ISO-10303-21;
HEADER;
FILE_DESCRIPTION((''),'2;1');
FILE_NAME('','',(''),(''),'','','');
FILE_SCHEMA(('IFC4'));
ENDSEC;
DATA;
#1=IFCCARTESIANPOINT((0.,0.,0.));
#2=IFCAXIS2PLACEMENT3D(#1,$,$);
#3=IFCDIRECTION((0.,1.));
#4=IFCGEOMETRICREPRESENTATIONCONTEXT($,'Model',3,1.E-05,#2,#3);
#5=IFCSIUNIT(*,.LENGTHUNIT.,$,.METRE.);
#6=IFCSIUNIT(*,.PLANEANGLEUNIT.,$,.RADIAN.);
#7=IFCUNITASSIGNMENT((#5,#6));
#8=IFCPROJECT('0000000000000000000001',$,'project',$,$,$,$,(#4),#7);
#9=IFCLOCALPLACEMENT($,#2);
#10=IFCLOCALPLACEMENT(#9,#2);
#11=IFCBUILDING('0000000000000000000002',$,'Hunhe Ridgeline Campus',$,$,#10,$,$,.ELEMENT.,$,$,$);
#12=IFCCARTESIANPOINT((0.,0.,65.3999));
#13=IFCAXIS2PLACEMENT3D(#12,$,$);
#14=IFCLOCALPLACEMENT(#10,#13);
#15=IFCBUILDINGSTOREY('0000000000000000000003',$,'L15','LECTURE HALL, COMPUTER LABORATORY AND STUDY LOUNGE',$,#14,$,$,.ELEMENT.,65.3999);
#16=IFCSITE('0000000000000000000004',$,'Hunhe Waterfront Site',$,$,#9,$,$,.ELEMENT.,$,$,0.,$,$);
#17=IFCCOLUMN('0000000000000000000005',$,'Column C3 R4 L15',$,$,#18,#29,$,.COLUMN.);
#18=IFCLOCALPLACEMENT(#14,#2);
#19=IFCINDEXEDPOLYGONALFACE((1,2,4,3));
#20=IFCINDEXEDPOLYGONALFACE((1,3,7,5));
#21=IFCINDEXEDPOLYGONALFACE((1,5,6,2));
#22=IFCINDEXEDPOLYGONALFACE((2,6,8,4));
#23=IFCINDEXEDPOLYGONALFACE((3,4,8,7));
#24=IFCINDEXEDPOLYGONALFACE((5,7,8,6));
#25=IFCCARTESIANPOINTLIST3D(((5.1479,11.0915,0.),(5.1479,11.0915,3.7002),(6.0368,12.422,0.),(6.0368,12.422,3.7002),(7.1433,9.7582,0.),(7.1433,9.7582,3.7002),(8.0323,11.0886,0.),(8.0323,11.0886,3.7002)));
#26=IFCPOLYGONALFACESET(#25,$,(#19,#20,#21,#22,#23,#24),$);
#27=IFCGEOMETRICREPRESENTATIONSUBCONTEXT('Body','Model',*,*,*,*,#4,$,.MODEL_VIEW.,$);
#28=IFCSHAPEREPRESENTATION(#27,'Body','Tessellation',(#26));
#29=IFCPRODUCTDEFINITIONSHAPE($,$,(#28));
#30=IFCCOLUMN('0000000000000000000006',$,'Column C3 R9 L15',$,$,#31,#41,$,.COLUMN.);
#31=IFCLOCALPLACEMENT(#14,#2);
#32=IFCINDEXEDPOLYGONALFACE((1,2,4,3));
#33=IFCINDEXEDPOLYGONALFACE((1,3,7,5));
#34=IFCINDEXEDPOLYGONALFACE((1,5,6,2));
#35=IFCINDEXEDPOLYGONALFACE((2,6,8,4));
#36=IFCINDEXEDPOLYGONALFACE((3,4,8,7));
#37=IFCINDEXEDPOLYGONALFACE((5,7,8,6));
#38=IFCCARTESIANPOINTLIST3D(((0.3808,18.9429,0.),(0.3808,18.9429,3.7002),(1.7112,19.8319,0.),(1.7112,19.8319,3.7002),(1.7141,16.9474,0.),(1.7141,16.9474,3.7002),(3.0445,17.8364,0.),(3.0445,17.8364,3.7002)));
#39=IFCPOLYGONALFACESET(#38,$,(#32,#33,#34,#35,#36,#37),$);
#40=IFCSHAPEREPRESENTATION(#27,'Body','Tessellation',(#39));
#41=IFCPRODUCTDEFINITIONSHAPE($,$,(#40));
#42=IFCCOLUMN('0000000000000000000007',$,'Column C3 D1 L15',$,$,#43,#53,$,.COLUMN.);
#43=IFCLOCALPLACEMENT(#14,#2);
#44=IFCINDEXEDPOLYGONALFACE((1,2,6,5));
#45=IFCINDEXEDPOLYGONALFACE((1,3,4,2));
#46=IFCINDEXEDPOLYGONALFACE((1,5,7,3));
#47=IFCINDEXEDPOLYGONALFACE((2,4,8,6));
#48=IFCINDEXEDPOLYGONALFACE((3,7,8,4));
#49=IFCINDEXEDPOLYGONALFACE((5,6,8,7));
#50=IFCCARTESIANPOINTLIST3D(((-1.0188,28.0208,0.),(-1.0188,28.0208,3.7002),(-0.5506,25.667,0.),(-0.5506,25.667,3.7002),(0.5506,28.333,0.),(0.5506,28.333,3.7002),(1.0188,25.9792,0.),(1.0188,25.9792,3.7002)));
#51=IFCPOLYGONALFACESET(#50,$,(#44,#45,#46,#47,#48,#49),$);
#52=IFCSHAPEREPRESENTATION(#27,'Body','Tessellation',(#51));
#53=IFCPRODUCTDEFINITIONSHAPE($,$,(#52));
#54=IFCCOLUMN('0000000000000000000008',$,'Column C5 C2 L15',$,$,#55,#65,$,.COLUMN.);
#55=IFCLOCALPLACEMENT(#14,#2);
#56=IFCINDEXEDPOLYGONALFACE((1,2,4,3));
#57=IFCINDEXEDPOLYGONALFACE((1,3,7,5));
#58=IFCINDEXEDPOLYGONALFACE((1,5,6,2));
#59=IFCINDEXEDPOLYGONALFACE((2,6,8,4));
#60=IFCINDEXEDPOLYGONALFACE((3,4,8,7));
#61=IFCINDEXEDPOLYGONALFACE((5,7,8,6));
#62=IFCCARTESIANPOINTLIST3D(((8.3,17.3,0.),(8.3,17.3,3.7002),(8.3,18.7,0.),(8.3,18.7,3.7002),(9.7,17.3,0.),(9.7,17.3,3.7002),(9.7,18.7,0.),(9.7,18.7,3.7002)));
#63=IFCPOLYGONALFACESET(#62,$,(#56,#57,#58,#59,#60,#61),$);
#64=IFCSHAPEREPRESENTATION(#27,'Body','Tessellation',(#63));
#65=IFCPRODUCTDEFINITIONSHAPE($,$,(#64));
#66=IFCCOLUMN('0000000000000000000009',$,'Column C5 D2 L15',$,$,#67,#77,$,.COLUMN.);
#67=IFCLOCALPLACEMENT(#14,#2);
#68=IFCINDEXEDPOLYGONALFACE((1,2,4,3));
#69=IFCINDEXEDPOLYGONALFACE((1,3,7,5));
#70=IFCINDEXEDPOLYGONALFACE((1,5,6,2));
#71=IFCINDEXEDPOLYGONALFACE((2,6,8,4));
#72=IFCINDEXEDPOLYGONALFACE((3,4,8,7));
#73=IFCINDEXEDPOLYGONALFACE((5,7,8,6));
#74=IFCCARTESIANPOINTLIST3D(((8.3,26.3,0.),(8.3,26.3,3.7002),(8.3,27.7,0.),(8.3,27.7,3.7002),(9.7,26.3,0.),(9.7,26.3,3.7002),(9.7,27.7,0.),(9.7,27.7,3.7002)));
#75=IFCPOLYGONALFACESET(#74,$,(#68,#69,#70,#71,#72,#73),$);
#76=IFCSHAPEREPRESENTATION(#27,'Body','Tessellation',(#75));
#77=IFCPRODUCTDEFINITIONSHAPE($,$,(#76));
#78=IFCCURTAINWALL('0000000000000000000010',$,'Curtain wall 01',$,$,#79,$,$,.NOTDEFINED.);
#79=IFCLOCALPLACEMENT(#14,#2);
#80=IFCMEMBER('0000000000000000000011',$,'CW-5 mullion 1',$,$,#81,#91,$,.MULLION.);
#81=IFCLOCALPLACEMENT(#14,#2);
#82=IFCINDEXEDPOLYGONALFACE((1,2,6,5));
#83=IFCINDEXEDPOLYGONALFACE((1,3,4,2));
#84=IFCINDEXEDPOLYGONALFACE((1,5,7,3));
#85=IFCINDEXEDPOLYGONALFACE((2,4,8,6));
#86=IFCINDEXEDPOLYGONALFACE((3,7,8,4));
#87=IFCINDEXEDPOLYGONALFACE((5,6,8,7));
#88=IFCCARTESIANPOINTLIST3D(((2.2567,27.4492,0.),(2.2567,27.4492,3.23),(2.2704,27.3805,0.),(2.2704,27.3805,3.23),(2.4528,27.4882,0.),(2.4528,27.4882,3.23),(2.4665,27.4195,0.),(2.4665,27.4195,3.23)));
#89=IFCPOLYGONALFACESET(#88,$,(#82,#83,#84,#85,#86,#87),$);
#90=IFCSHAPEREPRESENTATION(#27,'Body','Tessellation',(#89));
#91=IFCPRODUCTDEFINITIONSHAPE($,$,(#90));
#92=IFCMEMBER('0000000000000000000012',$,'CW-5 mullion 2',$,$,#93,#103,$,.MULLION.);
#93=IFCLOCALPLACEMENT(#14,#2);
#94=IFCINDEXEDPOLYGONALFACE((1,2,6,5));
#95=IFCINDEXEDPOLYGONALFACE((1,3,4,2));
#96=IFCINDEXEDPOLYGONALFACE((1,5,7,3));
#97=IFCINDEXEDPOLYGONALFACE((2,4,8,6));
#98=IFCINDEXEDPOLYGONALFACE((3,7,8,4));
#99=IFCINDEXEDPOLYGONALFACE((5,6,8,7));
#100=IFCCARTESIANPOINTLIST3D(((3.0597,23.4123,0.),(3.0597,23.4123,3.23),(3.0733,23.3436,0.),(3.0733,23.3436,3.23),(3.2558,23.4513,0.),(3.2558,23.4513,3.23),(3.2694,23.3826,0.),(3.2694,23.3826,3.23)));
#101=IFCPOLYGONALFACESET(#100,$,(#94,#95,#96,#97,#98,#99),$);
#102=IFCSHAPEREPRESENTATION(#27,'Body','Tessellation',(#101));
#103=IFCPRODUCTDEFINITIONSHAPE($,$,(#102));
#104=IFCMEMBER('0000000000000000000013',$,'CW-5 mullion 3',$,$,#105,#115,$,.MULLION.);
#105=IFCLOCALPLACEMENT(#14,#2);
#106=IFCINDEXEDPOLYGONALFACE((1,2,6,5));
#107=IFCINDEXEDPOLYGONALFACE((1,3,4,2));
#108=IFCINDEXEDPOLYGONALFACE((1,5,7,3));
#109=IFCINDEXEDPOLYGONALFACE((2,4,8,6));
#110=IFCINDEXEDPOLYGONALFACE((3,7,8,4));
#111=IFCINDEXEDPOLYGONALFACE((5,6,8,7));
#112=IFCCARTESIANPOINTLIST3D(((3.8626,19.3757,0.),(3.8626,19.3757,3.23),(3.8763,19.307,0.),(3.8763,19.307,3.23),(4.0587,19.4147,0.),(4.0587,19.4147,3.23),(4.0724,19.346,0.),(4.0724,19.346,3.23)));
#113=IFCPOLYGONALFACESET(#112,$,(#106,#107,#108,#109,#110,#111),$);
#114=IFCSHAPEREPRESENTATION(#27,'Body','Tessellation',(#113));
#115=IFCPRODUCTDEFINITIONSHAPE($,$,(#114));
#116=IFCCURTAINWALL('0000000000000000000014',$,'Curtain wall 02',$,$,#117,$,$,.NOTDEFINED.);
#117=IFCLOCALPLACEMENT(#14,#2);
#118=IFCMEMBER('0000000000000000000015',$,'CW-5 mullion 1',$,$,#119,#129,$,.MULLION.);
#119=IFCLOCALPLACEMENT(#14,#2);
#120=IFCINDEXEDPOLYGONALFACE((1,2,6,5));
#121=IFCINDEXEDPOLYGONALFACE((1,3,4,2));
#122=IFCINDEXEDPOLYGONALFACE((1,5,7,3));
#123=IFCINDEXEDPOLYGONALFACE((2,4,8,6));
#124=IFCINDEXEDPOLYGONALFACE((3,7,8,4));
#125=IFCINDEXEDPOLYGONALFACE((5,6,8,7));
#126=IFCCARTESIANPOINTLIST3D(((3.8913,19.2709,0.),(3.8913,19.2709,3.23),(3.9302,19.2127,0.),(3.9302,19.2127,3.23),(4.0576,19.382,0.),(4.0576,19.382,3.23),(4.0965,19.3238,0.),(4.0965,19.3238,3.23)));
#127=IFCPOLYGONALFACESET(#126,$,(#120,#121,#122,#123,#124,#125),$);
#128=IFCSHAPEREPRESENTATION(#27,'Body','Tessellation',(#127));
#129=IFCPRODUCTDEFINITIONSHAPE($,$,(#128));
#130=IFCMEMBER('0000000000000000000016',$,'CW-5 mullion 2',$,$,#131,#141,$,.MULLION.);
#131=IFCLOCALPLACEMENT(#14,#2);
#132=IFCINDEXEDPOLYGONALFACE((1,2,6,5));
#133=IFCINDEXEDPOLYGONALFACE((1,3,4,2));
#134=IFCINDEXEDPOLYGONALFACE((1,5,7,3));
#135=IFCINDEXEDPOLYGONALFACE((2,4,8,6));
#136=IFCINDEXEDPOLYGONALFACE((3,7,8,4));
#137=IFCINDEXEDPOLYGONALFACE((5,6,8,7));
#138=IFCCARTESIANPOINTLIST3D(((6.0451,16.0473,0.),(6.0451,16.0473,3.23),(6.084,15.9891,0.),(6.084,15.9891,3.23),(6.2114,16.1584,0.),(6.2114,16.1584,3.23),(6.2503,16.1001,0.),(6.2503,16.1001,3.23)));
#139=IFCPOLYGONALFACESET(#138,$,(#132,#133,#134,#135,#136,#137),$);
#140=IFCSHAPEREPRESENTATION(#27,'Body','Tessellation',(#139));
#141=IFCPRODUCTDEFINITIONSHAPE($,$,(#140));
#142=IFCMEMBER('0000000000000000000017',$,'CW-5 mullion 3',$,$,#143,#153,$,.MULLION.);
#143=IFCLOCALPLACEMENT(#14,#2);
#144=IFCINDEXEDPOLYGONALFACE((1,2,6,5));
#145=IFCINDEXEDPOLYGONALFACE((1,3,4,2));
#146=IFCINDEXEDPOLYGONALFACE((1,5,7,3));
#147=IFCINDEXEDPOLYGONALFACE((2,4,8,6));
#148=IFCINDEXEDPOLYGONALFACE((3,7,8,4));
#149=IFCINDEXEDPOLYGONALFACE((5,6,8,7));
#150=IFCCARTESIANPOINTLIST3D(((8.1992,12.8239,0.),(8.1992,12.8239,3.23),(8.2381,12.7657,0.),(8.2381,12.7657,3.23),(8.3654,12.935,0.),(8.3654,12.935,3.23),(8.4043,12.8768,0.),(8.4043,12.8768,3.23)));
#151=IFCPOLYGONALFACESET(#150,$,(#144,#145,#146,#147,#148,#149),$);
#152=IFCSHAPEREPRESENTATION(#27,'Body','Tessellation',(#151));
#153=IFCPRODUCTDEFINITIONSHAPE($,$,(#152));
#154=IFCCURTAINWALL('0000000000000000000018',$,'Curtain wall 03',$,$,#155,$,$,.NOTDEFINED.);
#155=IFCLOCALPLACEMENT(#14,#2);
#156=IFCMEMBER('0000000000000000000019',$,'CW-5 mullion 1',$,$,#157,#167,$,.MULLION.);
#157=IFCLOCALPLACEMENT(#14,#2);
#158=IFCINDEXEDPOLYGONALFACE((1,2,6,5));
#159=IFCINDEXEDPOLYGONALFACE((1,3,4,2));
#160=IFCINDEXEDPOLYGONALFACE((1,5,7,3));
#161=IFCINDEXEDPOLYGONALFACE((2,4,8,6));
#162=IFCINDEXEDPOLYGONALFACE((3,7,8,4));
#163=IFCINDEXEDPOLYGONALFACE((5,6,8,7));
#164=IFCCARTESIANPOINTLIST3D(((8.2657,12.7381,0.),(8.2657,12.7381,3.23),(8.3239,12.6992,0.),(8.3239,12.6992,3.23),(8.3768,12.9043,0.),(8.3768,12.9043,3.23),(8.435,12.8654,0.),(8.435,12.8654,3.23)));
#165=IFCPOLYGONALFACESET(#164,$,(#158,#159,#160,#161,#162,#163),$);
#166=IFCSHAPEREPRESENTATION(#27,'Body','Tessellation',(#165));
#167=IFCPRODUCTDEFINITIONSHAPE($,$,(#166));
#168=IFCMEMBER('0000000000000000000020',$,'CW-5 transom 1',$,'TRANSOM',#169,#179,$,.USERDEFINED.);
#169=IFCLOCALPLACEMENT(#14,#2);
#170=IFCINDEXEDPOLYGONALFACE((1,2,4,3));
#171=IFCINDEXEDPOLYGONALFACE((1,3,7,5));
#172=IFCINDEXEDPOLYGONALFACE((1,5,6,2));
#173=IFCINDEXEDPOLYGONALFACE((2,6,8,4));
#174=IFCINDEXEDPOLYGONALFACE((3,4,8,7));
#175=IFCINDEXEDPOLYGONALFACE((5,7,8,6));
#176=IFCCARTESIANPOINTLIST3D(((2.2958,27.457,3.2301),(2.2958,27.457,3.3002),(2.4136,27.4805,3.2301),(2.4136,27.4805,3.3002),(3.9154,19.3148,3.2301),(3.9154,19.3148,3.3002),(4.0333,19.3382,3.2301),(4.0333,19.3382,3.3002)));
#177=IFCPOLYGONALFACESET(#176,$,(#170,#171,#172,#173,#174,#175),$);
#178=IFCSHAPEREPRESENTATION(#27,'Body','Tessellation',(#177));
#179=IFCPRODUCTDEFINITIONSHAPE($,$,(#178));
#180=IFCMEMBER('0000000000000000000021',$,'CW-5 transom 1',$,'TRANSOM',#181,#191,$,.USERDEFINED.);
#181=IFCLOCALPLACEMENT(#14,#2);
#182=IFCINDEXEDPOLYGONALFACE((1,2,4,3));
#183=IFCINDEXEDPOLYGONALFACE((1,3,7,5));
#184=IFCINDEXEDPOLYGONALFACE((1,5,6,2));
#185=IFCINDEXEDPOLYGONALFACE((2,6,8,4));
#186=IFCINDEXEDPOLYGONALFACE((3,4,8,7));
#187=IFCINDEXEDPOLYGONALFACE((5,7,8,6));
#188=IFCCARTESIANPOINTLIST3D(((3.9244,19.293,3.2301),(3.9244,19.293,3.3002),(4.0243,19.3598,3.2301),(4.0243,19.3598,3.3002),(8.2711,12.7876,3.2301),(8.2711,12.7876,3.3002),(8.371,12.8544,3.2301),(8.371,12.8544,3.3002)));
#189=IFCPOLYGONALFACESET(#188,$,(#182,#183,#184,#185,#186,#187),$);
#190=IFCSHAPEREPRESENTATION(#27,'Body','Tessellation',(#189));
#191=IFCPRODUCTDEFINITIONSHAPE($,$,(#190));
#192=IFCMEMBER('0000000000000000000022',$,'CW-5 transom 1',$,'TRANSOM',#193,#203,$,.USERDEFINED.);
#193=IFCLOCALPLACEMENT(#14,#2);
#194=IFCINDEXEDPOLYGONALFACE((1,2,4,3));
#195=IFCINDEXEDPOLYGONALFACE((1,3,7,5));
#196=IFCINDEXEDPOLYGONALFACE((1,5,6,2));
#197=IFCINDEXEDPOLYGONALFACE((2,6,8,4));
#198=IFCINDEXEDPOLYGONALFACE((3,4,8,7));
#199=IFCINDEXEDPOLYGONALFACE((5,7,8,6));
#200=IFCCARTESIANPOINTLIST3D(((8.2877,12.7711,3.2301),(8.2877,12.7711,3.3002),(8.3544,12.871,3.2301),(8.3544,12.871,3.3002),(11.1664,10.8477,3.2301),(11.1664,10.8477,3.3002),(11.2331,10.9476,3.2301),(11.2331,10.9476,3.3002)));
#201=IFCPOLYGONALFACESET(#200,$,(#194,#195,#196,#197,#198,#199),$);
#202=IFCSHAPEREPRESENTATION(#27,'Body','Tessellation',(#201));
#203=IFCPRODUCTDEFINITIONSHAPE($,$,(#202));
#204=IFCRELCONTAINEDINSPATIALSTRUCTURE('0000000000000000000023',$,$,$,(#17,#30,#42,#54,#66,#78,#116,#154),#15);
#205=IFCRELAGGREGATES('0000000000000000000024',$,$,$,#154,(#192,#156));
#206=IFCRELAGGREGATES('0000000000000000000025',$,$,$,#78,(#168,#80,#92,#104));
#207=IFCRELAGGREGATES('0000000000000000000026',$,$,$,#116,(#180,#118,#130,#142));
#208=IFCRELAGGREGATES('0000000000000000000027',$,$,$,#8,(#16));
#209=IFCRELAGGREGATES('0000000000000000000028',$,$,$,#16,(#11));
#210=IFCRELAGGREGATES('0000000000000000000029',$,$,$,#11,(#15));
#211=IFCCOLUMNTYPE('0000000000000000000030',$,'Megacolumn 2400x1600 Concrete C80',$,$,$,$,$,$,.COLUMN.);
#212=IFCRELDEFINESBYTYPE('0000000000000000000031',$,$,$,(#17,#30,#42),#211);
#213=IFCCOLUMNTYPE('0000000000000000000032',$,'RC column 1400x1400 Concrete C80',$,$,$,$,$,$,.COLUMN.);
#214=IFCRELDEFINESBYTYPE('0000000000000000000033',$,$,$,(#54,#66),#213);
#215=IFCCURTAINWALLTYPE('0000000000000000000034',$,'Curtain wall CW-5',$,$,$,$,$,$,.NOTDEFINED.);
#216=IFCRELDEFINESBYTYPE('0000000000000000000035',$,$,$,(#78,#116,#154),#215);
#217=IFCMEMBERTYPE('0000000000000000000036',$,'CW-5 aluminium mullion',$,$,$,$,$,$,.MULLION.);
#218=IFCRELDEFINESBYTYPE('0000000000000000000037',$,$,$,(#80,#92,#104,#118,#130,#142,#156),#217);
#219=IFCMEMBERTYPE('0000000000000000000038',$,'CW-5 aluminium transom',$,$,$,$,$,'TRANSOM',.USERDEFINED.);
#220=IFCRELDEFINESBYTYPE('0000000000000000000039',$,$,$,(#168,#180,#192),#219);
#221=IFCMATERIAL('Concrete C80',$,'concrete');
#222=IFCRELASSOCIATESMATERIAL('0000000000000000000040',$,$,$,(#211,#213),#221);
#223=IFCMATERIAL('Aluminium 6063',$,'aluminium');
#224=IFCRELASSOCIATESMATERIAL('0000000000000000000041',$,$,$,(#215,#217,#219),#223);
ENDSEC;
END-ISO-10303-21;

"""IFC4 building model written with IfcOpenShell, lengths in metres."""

from ifc_helpers import new_model, si_unit, direction, frame, origin, origin_2d, place, context, subcontext, project, spatial, rectangle, extrude, material, material_profile, profile_set, type_object, element, aggregate, save


model = new_model("IFC4")

# Units and contexts
model_context = context("Model", 3, precision=1e-05, world=origin(), true_north=direction((0.0, 1.0)))
body_context = subcontext(model_context, "Body", "Model", "MODEL_VIEW")
ifc_project = project(units=[si_unit("LENGTHUNIT", "METRE"), si_unit("PLANEANGLEUNIT", "RADIAN")], contexts=[model_context])

# Site, building, storey
site_placement = place(None, origin())
site = spatial("IfcSite", under=ifc_project, at=site_placement, Name="Hunhe Waterfront Site", CompositionType="ELEMENT", RefElevation=0.0)
building_placement = place(site_placement, origin())
building = spatial("IfcBuilding", under=site, at=building_placement, Name="Hunhe Ridgeline Campus", CompositionType="ELEMENT")
storey_placement = place(building_placement, frame((0.0, 0.0, 65.3999)))
storey = spatial("IfcBuildingStorey", under=building, at=storey_placement, Name="L15", Description="LECTURE HALL, COMPUTER LABORATORY AND STUDY LOUNGE", CompositionType="ELEMENT", Elevation=65.3999)

# Columns
ifc_material_1 = material(Name="Concrete C80", Category="concrete")
ifc_material_profile_1 = material_profile(ifc_material_1, rectangle(XDim=2.3999, YDim=1.6001, at=origin_2d()))
ifc_profile_set_1 = profile_set([ifc_material_profile_1], Name="Concrete C80")
column_type_1 = type_object("IfcColumnType", Name="Megacolumn 2400x1600 Concrete C80", PredefinedType="COLUMN", material=ifc_profile_set_1)
for number, where, z_axis, x_axis, name in (
    (1, (6.5901, 11.0901, 0.0), (0.0, 0.0, 1.0), (-0.83147, 0.55557, 0.0), "Column C3 R4 L15"),
    (2, (1.7126, 18.3896, 0.0), (0.0, 0.0, 1.0), (-0.55557, 0.83147, 0.0), "Column C3 R9 L15"),
    (3, (0.0, 27.0, 0.0), (0.0, 0.0, 1.0), (-0.19509, 0.980785, 0.0), "Column C3 D1 L15"),
):
    element("IfcColumn", number, at=place(storey_placement, frame(where, z_axis=z_axis, x_axis=x_axis)), inside=storey, type_object=column_type_1, Name=name, PredefinedType="COLUMN", context=body_context, shape_type="SweptSolid", body=[
        extrude(rectangle(XDim=2.3999, YDim=1.6001, at=origin_2d()), origin(), (0.0, 0.0, 1.0), 3.7002),
    ])
ifc_material_profile_2 = material_profile(ifc_material_1, rectangle(XDim=1.3999, YDim=1.3999, at=origin_2d()))
ifc_profile_set_2 = profile_set([ifc_material_profile_2], Name="Concrete C80")
column_type_2 = type_object("IfcColumnType", Name="RC column 1400x1400 Concrete C80", PredefinedType="COLUMN", material=ifc_profile_set_2)
for number, where, z_axis, x_axis, name in (
    (4, (9.0, 18.0, 0.0), (0.0, 0.0, 1.0), (1.0, 0.0, 0.0), "Column C5 C2 L15"),
    (5, (9.0, 27.0, 0.0), (0.0, 0.0, 1.0), (1.0, 0.0, 0.0), "Column C5 D2 L15"),
):
    element("IfcColumn", number, at=place(storey_placement, frame(where, z_axis=z_axis, x_axis=x_axis)), inside=storey, type_object=column_type_2, Name=name, PredefinedType="COLUMN", context=body_context, shape_type="SweptSolid", body=[
        extrude(rectangle(XDim=1.3999, YDim=1.3999, at=origin_2d()), origin(), (0.0, 0.0, 1.0), 3.7002),
    ])

# Curtain walls, members
ifc_material_2 = material(Name="Aluminium 6063", Category="aluminium")
curtain_wall_type = type_object("IfcCurtainWallType", Name="Curtain wall CW-5", PredefinedType="NOTDEFINED", material=ifc_material_2)
curtain_wall_1_placement = place(storey_placement, origin())
curtain_wall_1 = element("IfcCurtainWall", 6, at=curtain_wall_1_placement, inside=storey, type_object=curtain_wall_type, Name="Curtain wall 01", PredefinedType="NOTDEFINED")
ifc_material_profile_3 = material_profile(ifc_material_2, rectangle(XDim=0.2, YDim=0.0701, at=origin_2d()))
ifc_profile_set_3 = profile_set([ifc_material_profile_3], Name="Aluminium 6063")
member_type_1 = type_object("IfcMemberType", Name="CW-5 aluminium mullion", PredefinedType="MULLION", material=ifc_profile_set_3)
member_1_placement = place(storey_placement, frame((2.3616, 27.4343, 0.0), z_axis=(0.0, 0.0, 1.0), x_axis=(0.980784, 0.195095, 0.0)))
member_1 = element("IfcMember", 7, at=member_1_placement, type_object=member_type_1, Name="CW-5 mullion 1", PredefinedType="MULLION", context=body_context, shape_type="SweptSolid", body=[
    extrude(rectangle(XDim=0.2, YDim=0.0701, at=origin_2d()), origin(), (0.0, 0.0, 1.0), 3.23),
])
member_2_placement = place(storey_placement, frame((3.1646, 23.3975, 0.0), z_axis=(0.0, 0.0, 1.0), x_axis=(0.980784, 0.195095, 0.0)))
member_2 = element("IfcMember", 8, at=member_2_placement, type_object=member_type_1, Name="CW-5 mullion 2", PredefinedType="MULLION", context=body_context, shape_type="SweptSolid", body=[
    extrude(rectangle(XDim=0.2, YDim=0.0701, at=origin_2d()), origin(), (0.0, 0.0, 1.0), 3.23),
])
member_3_placement = place(storey_placement, frame((3.9675, 19.3608, 0.0), z_axis=(0.0, 0.0, 1.0), x_axis=(0.980784, 0.195095, 0.0)))
member_3 = element("IfcMember", 9, at=member_3_placement, type_object=member_type_1, Name="CW-5 mullion 3", PredefinedType="MULLION", context=body_context, shape_type="SweptSolid", body=[
    extrude(rectangle(XDim=0.2, YDim=0.0701, at=origin_2d()), origin(), (0.0, 0.0, 1.0), 3.23),
])
curtain_wall_2_placement = place(storey_placement, origin())
curtain_wall_2 = element("IfcCurtainWall", 10, at=curtain_wall_2_placement, inside=storey, type_object=curtain_wall_type, Name="Curtain wall 02", PredefinedType="NOTDEFINED")
member_4_placement = place(storey_placement, frame((3.9939, 19.2974, 0.0), z_axis=(0.0, 0.0, 1.0), x_axis=(0.83147, 0.55557, 0.0)))
member_4 = element("IfcMember", 11, at=member_4_placement, type_object=member_type_1, Name="CW-5 mullion 1", PredefinedType="MULLION", context=body_context, shape_type="SweptSolid", body=[
    extrude(rectangle(XDim=0.2, YDim=0.0701, at=origin_2d()), origin(), (0.0, 0.0, 1.0), 3.23),
])
member_5_placement = place(storey_placement, frame((6.1477, 16.0737, 0.0), z_axis=(0.0, 0.0, 1.0), x_axis=(0.83147, 0.55557, 0.0)))
member_5 = element("IfcMember", 12, at=member_5_placement, type_object=member_type_1, Name="CW-5 mullion 2", PredefinedType="MULLION", context=body_context, shape_type="SweptSolid", body=[
    extrude(rectangle(XDim=0.2, YDim=0.0701, at=origin_2d()), origin(), (0.0, 0.0, 1.0), 3.23),
])
member_6_placement = place(storey_placement, frame((8.3018, 12.8503, 0.0), z_axis=(0.0, 0.0, 1.0), x_axis=(0.83147, 0.55557, 0.0)))
member_6 = element("IfcMember", 13, at=member_6_placement, type_object=member_type_1, Name="CW-5 mullion 3", PredefinedType="MULLION", context=body_context, shape_type="SweptSolid", body=[
    extrude(rectangle(XDim=0.2, YDim=0.0701, at=origin_2d()), origin(), (0.0, 0.0, 1.0), 3.23),
])

# Curtain wall, member
curtain_wall_3_placement = place(storey_placement, origin())
curtain_wall_3 = element("IfcCurtainWall", 14, at=curtain_wall_3_placement, inside=storey, type_object=curtain_wall_type, Name="Curtain wall 03", PredefinedType="NOTDEFINED")
member_7_placement = place(storey_placement, frame((8.3503, 12.8018, 0.0), z_axis=(0.0, 0.0, 1.0), x_axis=(0.55557, 0.83147, 0.0)))
member_7 = element("IfcMember", 15, at=member_7_placement, type_object=member_type_1, Name="CW-5 mullion 1", PredefinedType="MULLION", context=body_context, shape_type="SweptSolid", body=[
    extrude(rectangle(XDim=0.2, YDim=0.0701, at=origin_2d()), origin(), (0.0, 0.0, 1.0), 3.23),
])

# Members
ifc_material_profile_4 = material_profile(ifc_material_2, rectangle(XDim=0.1201, YDim=0.0701, at=origin_2d()))
ifc_profile_set_4 = profile_set([ifc_material_profile_4], Name="Aluminium 6063")
member_type_2 = type_object("IfcMemberType", Name="CW-5 aluminium transom", ElementType="TRANSOM", PredefinedType="USERDEFINED", material=ifc_profile_set_4)
member_8_placement = place(storey_placement, frame((2.3547, 27.4688, 3.2651), z_axis=(0.195092, -0.980785, 0.0), x_axis=(0.980785, 0.195092, 0.0)))
member_8 = element("IfcMember", 16, at=member_8_placement, type_object=member_type_2, Name="CW-5 transom 1", ObjectType="TRANSOM", PredefinedType="USERDEFINED", context=body_context, shape_type="SweptSolid", body=[
    extrude(rectangle(XDim=0.1201, YDim=0.0701, at=origin_2d()), origin(), (0.0, 0.0, 1.0), 8.3018),
])
member_9_placement = place(storey_placement, frame((3.9744, 19.3264, 3.2651), z_axis=(0.555564, -0.831474, 0.0), x_axis=(0.831474, 0.555564, 0.0)))
member_9 = element("IfcMember", 17, at=member_9_placement, type_object=member_type_2, Name="CW-5 transom 1", ObjectType="TRANSOM", PredefinedType="USERDEFINED", context=body_context, shape_type="SweptSolid", body=[
    extrude(rectangle(XDim=0.1201, YDim=0.0701, at=origin_2d()), origin(), (0.0, 0.0, 1.0), 7.824),
])
member_10_placement = place(storey_placement, frame((8.321, 12.821, 3.2651), z_axis=(0.831486, -0.555546, 0.0), x_axis=(0.555546, 0.831486, 0.0)))
member_10 = element("IfcMember", 18, at=member_10_placement, type_object=member_type_2, Name="CW-5 transom 1", ObjectType="TRANSOM", PredefinedType="USERDEFINED", context=body_context, shape_type="SweptSolid", body=[
    extrude(rectangle(XDim=0.1201, YDim=0.0701, at=origin_2d()), origin(), (0.0, 0.0, 1.0), 3.4622),
])
aggregate(curtain_wall_3, [member_10, member_7])

aggregate(curtain_wall_1, [member_8, member_1, member_2, member_3])
aggregate(curtain_wall_2, [member_9, member_4, member_5, member_6])

save(model, "model.ifc")
